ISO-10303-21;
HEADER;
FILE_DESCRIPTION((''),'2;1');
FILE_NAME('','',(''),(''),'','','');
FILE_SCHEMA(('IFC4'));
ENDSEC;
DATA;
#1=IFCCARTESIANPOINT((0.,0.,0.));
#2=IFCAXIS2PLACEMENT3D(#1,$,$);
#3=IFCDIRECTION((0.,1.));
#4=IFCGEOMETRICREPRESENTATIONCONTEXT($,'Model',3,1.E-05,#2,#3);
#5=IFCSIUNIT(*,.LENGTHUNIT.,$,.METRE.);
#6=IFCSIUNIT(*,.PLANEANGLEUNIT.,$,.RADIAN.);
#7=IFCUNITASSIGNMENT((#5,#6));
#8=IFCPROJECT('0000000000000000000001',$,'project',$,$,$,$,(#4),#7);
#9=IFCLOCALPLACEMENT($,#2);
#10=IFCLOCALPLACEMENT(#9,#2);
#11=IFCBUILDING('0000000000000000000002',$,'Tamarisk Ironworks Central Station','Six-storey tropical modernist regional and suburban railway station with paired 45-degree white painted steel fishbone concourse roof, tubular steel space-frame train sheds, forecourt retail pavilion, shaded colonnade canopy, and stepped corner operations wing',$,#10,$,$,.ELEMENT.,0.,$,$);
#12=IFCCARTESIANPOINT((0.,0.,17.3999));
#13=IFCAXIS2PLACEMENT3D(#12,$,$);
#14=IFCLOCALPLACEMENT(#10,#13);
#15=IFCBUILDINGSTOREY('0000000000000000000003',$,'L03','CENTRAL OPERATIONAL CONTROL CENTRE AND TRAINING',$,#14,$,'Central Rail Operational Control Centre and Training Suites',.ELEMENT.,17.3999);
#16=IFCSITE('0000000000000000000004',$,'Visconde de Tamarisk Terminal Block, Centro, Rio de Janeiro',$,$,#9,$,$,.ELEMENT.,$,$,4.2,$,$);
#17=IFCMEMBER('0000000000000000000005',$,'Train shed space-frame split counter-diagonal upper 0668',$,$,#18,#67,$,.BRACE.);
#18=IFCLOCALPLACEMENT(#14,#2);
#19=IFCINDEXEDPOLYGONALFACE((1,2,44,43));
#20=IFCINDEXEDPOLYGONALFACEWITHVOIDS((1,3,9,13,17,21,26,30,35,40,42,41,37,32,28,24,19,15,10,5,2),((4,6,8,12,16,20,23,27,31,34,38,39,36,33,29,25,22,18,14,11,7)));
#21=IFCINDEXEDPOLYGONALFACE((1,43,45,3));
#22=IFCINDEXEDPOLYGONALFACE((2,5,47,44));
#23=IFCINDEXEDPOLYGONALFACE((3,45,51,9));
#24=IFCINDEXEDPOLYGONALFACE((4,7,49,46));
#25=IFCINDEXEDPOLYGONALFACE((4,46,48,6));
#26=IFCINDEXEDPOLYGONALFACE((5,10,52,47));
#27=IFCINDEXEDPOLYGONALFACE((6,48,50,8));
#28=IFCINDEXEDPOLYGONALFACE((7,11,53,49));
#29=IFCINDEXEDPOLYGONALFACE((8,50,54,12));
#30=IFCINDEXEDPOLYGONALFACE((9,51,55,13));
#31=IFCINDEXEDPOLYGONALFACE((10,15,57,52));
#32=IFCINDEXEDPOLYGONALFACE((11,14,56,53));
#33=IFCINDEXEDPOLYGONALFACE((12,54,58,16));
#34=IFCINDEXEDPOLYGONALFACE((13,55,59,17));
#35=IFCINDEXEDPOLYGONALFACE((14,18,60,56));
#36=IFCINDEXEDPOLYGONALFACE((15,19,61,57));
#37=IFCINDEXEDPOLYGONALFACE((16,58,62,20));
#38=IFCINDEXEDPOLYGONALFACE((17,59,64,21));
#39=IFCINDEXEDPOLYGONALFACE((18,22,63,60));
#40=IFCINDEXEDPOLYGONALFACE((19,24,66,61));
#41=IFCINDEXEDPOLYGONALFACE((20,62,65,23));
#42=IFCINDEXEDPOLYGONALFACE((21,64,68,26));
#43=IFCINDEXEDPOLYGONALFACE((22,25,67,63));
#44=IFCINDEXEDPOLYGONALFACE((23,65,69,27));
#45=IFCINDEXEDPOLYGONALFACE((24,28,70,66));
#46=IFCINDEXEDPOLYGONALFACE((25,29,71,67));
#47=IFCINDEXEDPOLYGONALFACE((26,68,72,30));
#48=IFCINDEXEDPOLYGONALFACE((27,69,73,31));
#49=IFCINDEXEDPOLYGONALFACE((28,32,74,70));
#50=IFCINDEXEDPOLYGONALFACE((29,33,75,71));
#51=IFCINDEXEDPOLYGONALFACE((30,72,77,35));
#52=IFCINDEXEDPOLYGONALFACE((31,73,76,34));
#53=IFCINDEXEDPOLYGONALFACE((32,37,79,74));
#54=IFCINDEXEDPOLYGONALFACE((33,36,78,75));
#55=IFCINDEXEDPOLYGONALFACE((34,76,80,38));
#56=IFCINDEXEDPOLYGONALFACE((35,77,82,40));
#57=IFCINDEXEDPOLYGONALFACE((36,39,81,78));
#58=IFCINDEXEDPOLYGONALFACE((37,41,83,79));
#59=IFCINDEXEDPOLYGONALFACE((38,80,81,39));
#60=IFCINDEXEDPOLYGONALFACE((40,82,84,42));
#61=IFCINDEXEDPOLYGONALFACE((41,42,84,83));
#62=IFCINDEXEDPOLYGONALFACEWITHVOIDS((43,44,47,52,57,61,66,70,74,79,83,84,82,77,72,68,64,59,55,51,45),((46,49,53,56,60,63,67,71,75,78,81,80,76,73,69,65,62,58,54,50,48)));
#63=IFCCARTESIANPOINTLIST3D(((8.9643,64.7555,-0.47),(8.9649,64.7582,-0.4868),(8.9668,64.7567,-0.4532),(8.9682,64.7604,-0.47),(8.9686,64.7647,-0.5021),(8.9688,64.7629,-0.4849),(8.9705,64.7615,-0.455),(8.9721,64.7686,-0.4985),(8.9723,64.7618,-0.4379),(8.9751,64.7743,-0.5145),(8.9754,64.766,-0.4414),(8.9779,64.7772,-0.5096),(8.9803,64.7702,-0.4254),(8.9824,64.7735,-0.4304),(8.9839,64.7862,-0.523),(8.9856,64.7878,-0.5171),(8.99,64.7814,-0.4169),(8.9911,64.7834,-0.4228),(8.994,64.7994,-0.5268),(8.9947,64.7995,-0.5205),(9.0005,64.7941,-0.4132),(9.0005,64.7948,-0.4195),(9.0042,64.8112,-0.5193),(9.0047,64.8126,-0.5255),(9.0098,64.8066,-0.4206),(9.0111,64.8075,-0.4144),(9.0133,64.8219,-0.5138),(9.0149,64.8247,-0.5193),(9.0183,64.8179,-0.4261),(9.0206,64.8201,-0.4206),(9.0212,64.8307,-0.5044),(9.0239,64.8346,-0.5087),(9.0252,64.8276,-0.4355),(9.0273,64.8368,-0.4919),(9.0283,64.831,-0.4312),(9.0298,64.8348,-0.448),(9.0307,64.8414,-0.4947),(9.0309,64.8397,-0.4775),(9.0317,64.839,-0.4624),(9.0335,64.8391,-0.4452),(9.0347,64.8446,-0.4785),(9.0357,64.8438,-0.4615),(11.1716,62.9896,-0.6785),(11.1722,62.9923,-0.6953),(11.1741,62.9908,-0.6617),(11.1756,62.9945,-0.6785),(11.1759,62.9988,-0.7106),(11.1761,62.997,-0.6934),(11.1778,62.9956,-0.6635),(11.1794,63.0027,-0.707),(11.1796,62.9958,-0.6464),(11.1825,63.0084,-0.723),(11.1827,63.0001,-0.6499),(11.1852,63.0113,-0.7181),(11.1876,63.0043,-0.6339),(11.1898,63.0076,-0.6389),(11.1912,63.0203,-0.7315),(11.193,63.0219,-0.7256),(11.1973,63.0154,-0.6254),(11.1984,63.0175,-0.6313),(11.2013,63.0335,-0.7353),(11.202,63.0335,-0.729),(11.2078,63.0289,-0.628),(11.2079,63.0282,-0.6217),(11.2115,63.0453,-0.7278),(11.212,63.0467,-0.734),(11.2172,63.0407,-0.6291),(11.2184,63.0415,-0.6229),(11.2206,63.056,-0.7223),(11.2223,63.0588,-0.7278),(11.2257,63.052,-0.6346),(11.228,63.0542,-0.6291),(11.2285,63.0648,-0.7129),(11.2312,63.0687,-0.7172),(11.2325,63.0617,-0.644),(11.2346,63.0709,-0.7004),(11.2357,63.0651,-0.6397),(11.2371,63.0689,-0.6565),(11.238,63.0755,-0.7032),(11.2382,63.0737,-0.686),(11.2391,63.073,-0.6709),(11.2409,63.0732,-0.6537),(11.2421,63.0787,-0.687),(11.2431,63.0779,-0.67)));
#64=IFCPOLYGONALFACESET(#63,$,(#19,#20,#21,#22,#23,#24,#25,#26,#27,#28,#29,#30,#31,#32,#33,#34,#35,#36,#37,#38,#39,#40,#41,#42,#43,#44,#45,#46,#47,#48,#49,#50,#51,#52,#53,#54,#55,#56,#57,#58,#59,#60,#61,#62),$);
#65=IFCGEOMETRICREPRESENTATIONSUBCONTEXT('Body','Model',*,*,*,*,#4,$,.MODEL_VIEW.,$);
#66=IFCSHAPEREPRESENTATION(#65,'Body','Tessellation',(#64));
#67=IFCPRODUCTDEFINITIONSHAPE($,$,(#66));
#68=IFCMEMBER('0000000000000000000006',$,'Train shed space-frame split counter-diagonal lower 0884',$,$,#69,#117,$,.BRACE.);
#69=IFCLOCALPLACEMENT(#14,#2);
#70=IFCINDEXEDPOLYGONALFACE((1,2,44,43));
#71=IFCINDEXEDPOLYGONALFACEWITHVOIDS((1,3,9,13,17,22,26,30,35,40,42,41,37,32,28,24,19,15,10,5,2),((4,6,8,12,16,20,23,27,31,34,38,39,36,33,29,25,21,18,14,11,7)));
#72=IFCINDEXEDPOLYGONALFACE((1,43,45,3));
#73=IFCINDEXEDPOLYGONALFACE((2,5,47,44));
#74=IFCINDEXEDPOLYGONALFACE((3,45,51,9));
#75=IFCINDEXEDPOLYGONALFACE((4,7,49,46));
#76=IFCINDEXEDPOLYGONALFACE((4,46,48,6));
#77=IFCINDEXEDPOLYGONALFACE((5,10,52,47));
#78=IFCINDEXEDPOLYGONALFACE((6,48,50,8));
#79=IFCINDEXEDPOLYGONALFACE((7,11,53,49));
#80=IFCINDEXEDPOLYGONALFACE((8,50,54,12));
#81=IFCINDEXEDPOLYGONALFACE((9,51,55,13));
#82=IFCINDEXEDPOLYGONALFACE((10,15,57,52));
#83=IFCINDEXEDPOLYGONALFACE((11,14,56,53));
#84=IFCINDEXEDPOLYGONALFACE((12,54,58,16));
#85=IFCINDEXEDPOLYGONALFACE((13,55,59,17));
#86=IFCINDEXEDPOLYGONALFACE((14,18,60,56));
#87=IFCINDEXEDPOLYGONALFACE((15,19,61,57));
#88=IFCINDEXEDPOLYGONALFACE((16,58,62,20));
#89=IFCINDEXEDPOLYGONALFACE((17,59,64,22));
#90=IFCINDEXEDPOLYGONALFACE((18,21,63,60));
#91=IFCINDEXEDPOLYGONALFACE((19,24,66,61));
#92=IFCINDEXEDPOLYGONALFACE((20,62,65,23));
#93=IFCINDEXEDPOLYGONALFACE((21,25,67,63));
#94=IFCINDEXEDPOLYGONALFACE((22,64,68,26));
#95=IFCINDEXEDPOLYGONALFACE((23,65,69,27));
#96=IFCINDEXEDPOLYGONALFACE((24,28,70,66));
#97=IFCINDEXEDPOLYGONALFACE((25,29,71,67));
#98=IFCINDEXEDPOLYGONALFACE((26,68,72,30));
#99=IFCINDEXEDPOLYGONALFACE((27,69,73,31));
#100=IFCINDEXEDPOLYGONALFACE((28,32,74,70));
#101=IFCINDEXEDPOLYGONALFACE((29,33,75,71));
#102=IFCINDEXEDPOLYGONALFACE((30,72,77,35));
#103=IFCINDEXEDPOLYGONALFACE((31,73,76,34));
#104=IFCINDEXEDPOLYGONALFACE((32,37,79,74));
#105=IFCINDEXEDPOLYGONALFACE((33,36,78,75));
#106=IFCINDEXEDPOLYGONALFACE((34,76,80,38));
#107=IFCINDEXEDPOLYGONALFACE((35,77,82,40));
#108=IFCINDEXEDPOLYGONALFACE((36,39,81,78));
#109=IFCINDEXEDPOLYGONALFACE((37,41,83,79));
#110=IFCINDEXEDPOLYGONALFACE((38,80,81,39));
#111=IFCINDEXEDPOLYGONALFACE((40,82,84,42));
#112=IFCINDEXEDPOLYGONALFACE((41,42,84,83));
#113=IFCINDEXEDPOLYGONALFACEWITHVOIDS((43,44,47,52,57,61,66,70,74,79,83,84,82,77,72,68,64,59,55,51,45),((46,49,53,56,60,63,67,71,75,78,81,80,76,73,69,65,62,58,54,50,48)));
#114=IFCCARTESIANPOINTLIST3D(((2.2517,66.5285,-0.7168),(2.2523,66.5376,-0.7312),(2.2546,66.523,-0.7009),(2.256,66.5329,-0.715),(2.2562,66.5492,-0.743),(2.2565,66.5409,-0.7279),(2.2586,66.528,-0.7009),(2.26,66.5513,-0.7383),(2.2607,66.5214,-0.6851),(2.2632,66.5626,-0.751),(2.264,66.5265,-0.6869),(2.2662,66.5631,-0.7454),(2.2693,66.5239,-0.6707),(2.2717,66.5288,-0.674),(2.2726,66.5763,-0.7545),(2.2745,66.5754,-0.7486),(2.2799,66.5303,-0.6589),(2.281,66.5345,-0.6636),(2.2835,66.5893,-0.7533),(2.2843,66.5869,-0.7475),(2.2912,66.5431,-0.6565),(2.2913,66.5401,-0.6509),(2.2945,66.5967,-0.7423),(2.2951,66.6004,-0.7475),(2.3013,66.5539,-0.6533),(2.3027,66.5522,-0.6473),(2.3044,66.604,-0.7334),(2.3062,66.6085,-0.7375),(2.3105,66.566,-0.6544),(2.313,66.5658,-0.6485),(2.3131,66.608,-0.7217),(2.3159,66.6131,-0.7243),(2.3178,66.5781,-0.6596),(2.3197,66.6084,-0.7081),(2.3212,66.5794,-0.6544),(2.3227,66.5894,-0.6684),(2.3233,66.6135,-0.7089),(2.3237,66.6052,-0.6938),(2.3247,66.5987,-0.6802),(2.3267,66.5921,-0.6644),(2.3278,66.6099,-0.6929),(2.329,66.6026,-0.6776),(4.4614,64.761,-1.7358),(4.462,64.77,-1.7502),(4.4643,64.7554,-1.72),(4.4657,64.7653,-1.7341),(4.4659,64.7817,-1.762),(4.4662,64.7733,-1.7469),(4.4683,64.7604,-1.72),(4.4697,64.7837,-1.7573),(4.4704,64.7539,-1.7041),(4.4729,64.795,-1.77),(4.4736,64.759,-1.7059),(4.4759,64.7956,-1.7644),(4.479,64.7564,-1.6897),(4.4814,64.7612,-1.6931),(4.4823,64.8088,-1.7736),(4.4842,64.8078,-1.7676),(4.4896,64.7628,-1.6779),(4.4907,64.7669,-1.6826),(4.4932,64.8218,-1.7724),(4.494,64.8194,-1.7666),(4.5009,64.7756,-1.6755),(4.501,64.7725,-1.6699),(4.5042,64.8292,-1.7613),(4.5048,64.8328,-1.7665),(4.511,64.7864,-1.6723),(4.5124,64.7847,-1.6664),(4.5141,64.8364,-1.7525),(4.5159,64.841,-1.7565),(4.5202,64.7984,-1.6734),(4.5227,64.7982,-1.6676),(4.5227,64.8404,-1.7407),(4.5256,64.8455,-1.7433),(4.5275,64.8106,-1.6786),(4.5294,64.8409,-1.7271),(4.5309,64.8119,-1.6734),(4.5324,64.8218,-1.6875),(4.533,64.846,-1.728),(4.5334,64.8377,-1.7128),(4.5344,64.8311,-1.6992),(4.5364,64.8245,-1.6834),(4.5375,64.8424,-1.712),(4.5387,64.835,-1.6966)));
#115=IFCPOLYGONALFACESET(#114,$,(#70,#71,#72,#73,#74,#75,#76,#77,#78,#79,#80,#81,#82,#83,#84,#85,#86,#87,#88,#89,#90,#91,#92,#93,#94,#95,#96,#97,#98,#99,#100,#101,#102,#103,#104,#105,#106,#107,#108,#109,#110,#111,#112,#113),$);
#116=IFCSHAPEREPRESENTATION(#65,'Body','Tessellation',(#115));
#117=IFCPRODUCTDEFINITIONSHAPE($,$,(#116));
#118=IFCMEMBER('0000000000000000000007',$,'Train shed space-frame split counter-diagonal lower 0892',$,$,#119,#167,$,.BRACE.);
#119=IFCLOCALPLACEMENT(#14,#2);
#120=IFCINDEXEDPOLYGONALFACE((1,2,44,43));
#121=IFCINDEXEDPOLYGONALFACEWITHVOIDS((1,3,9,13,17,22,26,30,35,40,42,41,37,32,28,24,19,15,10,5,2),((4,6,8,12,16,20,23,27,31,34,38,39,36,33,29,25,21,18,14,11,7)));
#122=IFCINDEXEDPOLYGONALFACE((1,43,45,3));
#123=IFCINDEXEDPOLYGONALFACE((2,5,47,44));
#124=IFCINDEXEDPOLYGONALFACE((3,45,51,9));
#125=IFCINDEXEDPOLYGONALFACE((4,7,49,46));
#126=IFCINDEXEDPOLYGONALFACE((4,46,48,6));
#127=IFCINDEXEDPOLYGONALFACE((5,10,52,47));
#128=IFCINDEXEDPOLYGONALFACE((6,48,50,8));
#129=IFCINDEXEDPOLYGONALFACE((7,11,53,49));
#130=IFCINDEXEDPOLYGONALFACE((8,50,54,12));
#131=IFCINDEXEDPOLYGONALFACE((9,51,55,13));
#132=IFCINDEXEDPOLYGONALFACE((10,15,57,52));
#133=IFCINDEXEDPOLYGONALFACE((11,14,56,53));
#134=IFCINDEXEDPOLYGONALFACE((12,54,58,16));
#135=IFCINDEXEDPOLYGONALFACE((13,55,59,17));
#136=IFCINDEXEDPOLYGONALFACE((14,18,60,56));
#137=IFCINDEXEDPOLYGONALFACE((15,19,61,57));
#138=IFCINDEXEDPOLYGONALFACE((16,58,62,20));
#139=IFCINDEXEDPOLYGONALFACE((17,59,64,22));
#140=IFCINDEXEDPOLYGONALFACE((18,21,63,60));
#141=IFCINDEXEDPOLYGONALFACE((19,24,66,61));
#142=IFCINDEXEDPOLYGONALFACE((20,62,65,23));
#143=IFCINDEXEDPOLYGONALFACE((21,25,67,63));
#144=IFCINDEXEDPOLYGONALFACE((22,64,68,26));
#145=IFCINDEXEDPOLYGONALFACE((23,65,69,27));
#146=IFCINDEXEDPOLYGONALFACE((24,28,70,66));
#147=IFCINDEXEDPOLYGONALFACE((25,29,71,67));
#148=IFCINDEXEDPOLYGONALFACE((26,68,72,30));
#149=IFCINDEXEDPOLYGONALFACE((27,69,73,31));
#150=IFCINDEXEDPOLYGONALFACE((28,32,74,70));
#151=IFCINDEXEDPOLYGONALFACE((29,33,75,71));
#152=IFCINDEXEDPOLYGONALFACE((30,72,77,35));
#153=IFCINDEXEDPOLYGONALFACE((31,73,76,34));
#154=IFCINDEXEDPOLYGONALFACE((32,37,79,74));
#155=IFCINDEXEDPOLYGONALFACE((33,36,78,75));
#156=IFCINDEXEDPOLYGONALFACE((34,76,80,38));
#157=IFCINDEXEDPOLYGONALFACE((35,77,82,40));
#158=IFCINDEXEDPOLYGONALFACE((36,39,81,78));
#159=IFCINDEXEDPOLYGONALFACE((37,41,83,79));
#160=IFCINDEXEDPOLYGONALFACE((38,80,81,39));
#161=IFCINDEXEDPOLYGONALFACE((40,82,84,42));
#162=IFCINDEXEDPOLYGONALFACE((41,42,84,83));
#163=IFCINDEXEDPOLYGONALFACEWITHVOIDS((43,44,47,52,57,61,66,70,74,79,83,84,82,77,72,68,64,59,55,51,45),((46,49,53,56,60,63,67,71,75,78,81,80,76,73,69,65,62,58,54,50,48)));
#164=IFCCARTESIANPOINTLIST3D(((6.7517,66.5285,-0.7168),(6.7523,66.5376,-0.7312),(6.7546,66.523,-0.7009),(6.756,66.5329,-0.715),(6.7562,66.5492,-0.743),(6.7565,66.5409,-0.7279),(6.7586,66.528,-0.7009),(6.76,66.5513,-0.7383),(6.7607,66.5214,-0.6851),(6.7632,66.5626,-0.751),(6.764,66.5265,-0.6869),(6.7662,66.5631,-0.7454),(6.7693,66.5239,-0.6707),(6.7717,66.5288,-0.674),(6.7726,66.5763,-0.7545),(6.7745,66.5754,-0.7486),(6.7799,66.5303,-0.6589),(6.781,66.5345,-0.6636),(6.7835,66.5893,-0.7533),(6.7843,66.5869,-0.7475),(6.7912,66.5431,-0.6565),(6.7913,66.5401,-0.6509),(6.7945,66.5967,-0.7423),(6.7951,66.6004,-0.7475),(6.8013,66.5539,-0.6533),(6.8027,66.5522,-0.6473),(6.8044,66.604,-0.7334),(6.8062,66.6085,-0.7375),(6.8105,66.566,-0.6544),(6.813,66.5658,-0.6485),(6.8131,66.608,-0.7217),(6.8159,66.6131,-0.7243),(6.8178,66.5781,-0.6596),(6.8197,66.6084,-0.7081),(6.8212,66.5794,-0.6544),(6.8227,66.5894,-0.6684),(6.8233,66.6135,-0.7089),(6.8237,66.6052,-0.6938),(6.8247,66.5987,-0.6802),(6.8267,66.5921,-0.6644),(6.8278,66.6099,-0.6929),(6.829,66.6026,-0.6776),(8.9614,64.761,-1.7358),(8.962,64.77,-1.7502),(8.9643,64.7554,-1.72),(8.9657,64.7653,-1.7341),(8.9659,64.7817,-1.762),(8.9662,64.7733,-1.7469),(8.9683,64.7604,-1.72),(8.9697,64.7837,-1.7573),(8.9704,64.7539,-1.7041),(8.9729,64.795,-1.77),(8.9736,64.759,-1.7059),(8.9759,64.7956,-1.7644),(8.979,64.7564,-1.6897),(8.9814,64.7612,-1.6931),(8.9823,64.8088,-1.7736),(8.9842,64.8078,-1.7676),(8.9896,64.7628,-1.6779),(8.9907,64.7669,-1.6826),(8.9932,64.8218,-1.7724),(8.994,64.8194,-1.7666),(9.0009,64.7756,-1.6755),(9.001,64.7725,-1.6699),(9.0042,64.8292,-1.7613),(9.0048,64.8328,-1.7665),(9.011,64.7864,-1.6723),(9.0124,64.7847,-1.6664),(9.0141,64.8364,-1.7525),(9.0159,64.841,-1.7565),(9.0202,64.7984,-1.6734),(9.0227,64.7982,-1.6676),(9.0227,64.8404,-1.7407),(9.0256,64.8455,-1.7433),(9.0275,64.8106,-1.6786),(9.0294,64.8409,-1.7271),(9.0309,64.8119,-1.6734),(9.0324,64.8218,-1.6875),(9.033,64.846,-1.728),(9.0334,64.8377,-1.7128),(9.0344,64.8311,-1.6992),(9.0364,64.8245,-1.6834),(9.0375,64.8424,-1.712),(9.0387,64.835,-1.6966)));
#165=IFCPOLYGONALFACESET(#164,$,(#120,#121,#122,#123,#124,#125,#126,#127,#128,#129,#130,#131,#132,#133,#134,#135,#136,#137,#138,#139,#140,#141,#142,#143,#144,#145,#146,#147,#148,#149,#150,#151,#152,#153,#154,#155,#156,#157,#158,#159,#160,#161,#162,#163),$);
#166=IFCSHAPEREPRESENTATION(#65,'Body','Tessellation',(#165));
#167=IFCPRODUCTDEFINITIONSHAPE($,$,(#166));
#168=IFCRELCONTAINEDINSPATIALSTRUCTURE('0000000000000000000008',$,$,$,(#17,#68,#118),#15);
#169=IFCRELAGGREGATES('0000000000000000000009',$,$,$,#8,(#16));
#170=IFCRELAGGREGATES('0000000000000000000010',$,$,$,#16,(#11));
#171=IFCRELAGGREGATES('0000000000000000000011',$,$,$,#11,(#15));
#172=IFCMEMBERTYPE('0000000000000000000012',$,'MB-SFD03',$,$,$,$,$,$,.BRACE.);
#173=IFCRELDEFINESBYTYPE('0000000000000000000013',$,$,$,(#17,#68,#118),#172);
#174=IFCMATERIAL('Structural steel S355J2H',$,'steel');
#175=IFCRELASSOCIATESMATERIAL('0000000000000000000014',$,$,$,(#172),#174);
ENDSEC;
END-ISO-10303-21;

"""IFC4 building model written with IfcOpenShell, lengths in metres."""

from ifc_helpers import new_model, si_unit, direction, frame, origin, origin_2d, place, context, subcontext, project, spatial, hollow_circle, extrude, material, material_profile, profile_set, type_object, element, save


model = new_model("IFC4")

# Units and contexts
model_context = context("Model", 3, precision=1e-05, world=origin(), true_north=direction((0.0, 1.0)))
body_context = subcontext(model_context, "Body", "Model", "MODEL_VIEW")
ifc_project = project(units=[si_unit("LENGTHUNIT", "METRE"), si_unit("PLANEANGLEUNIT", "RADIAN")], contexts=[model_context])

# Site, building, storey
site_placement = place(None, origin())
site = spatial("IfcSite", under=ifc_project, at=site_placement, Name="Visconde de Tamarisk Terminal Block, Centro, Rio de Janeiro", CompositionType="ELEMENT", RefElevation=4.2)
building_placement = place(site_placement, origin())
building = spatial("IfcBuilding", under=site, at=building_placement, Name="Tamarisk Ironworks Central Station", Description="Six-storey tropical modernist regional and suburban railway station with paired 45-degree white painted steel fishbone concourse roof, tubular steel space-frame train sheds, forecourt retail pavilion, shaded colonnade canopy, and stepped corner operations wing", CompositionType="ELEMENT", ElevationOfRefHeight=0.0)
storey_placement = place(building_placement, frame((0.0, 0.0, 17.3999)))
storey = spatial("IfcBuildingStorey", under=building, at=storey_placement, Name="L03", Description="CENTRAL OPERATIONAL CONTROL CENTRE AND TRAINING", LongName="Central Rail Operational Control Centre and Training Suites", CompositionType="ELEMENT", Elevation=17.3999)

# Members
ifc_material_1 = material(Name="Structural steel S355J2H", Category="steel")
ifc_material_profile_1 = material_profile(ifc_material_1, hollow_circle(Radius=0.0571, WallThickness=0.0063, at=origin_2d()), Name="CHS 114.3x6.3")
ifc_profile_set_1 = profile_set([ifc_material_profile_1], Name="Structural steel S355J2H")
member_type_1 = type_object("IfcMemberType", Name="MB-SFD03", PredefinedType="BRACE", material=ifc_profile_set_1)
member_1_placement = place(storey_placement, frame((11.2073, 63.0342, -0.6785), z_axis=(-0.778745, 0.623013, 0.073559), x_axis=(-0.624706, -0.78086, 0.0)))
element("IfcMember", 1, at=member_1_placement, inside=storey, type_object=member_type_1, Name="Train shed space-frame split counter-diagonal upper 0668", PredefinedType="BRACE", context=body_context, shape_type="SweptSolid", body=[
    extrude(hollow_circle(Radius=0.0571, WallThickness=0.0063, at=origin_2d()), origin(), (0.0, 0.0, 1.0), 2.8345),
])
for number, where, z_axis, x_axis, name in (
    (2, (4.5, 64.8, -1.72), (-0.734712, 0.587705, 0.338823), (-0.624653, -0.780902, 0.0), "Train shed space-frame split counter-diagonal lower 0884"),
    (3, (9.0, 64.8, -1.72), (-0.734712, 0.587705, 0.338823), (-0.624653, -0.780902, 0.0), "Train shed space-frame split counter-diagonal lower 0892"),
):
    element("IfcMember", number, at=place(storey_placement, frame(where, z_axis=z_axis, x_axis=x_axis)), inside=storey, type_object=member_type_1, Name=name, PredefinedType="BRACE", context=body_context, shape_type="SweptSolid", body=[
        extrude(hollow_circle(Radius=0.0571, WallThickness=0.0063, at=origin_2d()), origin(), (0.0, 0.0, 1.0), 3.0076),
    ])

save(model, "model.ifc")
